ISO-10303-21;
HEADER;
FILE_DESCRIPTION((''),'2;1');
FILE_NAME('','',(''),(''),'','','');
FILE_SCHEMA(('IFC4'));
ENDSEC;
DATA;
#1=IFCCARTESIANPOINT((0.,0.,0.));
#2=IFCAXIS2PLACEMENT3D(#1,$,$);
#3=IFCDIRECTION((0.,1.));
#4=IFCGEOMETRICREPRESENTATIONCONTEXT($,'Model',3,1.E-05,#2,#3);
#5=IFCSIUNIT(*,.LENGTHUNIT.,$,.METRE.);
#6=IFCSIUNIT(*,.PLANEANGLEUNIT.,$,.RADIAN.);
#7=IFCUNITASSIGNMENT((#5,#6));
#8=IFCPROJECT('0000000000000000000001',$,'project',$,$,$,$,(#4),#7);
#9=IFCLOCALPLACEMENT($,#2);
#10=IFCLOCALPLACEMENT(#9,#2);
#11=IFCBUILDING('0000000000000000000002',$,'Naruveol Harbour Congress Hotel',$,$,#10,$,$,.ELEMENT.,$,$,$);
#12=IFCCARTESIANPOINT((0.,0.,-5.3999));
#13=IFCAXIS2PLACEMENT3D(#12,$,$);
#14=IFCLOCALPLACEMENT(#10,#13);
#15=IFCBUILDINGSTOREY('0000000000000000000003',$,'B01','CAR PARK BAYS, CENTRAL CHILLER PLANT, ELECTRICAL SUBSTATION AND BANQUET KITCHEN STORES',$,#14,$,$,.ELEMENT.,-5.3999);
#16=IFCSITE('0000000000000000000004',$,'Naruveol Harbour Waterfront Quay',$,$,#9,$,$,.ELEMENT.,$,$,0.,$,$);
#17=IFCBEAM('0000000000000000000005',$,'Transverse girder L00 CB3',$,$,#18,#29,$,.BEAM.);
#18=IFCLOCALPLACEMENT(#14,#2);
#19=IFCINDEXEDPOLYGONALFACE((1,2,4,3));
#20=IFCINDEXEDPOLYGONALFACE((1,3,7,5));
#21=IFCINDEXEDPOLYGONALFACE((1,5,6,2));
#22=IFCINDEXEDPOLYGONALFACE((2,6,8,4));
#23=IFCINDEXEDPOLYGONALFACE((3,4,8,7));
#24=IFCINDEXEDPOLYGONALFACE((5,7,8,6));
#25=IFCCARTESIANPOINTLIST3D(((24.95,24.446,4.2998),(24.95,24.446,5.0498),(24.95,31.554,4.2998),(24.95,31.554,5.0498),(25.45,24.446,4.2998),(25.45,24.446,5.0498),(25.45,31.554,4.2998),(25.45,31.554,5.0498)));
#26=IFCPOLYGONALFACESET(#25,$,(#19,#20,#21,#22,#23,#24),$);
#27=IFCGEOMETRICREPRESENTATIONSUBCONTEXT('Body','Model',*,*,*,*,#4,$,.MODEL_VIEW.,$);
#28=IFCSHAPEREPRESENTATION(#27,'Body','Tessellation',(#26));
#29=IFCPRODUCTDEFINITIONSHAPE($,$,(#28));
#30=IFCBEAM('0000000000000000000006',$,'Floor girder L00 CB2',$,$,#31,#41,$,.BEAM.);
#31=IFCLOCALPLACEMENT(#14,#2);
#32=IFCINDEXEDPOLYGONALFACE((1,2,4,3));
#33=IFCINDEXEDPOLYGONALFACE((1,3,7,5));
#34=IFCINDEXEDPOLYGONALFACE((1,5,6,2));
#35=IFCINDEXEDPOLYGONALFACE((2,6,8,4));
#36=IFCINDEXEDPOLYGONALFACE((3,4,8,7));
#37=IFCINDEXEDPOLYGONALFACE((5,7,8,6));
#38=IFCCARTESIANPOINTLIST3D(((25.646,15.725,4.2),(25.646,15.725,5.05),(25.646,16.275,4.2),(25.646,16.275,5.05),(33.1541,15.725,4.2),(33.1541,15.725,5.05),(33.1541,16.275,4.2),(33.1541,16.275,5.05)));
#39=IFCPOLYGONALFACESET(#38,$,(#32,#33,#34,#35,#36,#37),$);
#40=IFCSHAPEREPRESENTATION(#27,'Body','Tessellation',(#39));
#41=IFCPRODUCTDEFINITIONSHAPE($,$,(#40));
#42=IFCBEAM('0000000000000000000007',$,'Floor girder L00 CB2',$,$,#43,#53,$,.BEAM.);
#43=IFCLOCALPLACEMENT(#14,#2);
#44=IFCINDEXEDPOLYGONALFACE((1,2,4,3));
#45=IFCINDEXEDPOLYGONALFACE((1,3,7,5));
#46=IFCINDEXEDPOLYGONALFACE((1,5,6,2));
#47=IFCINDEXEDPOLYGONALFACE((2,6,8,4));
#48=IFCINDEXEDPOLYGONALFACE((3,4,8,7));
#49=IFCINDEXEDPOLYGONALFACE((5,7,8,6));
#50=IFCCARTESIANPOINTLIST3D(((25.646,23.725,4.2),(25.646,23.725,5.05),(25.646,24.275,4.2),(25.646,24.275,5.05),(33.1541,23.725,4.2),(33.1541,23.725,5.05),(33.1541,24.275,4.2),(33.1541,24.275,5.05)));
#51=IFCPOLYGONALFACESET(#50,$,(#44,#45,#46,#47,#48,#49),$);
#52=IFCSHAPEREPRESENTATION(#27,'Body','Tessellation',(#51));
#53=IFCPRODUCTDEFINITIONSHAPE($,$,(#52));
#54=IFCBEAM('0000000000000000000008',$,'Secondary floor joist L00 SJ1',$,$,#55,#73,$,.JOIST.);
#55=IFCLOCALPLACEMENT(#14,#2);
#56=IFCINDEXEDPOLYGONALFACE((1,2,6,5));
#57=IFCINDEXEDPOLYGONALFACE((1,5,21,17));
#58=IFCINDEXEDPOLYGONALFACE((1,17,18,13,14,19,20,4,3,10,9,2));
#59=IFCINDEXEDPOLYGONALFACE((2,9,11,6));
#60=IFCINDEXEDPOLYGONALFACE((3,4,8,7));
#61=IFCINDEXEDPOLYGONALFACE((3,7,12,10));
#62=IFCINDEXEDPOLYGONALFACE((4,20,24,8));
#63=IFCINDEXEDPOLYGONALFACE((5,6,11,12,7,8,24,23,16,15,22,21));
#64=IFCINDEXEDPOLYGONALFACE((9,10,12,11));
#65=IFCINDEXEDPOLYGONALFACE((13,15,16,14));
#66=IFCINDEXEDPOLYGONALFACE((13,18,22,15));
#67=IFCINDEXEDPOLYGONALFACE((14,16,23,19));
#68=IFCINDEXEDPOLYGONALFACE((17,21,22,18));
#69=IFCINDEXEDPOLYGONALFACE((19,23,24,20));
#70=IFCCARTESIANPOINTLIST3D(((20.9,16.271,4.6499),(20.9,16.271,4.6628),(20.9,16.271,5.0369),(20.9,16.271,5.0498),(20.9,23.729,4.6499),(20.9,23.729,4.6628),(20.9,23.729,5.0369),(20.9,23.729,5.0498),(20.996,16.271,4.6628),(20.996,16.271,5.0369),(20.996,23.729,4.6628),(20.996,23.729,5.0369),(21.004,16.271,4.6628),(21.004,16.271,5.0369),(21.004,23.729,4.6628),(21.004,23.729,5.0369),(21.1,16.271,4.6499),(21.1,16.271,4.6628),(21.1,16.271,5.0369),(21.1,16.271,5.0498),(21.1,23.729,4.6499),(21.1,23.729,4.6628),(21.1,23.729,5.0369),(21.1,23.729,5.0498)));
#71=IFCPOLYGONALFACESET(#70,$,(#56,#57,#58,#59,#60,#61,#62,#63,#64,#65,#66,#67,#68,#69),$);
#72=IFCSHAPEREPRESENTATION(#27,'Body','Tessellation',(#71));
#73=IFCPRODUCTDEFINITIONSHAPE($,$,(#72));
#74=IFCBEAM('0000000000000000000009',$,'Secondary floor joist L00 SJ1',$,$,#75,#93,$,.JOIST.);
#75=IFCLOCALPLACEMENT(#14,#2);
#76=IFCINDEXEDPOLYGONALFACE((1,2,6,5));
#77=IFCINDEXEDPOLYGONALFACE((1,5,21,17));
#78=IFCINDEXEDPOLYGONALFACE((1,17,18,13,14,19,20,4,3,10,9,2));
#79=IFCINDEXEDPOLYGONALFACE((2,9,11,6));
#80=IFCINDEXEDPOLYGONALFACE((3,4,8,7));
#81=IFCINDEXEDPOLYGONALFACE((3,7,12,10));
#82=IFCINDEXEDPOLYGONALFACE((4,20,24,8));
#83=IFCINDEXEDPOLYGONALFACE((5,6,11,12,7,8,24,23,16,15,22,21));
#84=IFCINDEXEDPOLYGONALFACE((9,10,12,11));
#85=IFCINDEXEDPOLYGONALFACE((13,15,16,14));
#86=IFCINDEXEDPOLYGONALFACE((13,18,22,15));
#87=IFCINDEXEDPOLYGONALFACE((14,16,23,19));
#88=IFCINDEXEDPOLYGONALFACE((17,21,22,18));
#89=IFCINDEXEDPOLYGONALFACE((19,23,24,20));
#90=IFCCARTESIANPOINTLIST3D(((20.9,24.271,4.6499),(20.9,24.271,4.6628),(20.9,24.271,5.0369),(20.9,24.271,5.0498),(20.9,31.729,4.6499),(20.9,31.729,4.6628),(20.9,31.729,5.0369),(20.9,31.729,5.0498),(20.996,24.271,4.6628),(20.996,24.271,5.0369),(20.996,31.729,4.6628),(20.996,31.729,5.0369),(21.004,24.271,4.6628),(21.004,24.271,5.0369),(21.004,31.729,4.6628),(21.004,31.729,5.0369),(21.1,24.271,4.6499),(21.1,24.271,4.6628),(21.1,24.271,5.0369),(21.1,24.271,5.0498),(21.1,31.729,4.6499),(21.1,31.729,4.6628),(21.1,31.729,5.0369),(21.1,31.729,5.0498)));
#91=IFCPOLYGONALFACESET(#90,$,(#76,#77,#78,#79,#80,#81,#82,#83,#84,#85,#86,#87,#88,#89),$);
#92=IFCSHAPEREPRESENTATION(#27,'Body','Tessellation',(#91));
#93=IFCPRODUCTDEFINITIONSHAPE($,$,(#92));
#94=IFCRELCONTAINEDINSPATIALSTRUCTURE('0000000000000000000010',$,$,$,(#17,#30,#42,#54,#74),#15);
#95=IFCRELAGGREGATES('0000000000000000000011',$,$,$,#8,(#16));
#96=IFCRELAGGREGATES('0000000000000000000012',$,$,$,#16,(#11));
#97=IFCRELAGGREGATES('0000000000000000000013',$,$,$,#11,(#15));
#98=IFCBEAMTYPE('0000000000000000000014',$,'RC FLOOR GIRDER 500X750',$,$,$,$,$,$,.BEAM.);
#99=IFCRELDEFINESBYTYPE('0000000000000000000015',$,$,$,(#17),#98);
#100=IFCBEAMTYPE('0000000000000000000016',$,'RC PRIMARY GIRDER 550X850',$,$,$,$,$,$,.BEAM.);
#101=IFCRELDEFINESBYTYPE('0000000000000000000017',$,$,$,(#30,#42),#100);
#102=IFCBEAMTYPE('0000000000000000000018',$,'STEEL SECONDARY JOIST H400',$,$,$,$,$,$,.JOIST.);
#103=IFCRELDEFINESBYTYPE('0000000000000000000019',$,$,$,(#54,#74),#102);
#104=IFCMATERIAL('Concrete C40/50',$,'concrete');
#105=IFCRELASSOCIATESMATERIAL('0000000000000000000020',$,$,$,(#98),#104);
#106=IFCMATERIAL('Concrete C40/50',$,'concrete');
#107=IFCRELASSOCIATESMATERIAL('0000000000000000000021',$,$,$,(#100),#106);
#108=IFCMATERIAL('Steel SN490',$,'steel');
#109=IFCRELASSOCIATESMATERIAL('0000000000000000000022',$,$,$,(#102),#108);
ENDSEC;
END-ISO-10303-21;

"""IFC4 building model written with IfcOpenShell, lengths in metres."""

from ifc_helpers import new_model, si_unit, direction, frame, origin, origin_2d, place, context, subcontext, project, spatial, rectangle, i_section, extrude, material, material_profile, profile_set, type_object, element, save


model = new_model("IFC4")

# Units and contexts
model_context = context("Model", 3, precision=1e-05, world=origin(), true_north=direction((0.0, 1.0)))
body_context = subcontext(model_context, "Body", "Model", "MODEL_VIEW")
ifc_project = project(units=[si_unit("LENGTHUNIT", "METRE"), si_unit("PLANEANGLEUNIT", "RADIAN")], contexts=[model_context])

# Site, building, storey
site_placement = place(None, origin())
site = spatial("IfcSite", under=ifc_project, at=site_placement, Name="Naruveol Harbour Waterfront Quay", CompositionType="ELEMENT", RefElevation=0.0)
building_placement = place(site_placement, origin())
building = spatial("IfcBuilding", under=site, at=building_placement, Name="Naruveol Harbour Congress Hotel", CompositionType="ELEMENT")
storey_placement = place(building_placement, frame((0.0, 0.0, -5.3999)))
storey = spatial("IfcBuildingStorey", under=building, at=storey_placement, Name="B01", Description="CAR PARK BAYS, CENTRAL CHILLER PLANT, ELECTRICAL SUBSTATION AND BANQUET KITCHEN STORES", CompositionType="ELEMENT", Elevation=-5.3999)

# Beams
ifc_material_1 = material(Name="Concrete C40/50", Category="concrete")
ifc_material_profile_1 = material_profile(ifc_material_1, rectangle(XDim=0.5, YDim=0.75, at=origin_2d()), Name="RCB-500x750")
ifc_profile_set_1 = profile_set([ifc_material_profile_1], Name="Concrete C40/50")
beam_type_1 = type_object("IfcBeamType", Name="RC FLOOR GIRDER 500X750", PredefinedType="BEAM", material=ifc_profile_set_1)
for number, where, z_axis, x_axis, name in (
    (1, (25.2, 24.446, 4.6748), (0.0, 1.0, 0.0), (-1.0, 0.0, 0.0), "Transverse girder L00 CB3"),
):
    element("IfcBeam", number, at=place(storey_placement, frame(where, z_axis=z_axis, x_axis=x_axis)), inside=storey, type_object=beam_type_1, Name=name, PredefinedType="BEAM", context=body_context, shape_type="SweptSolid", body=[
        extrude(rectangle(XDim=0.5, YDim=0.75, at=origin_2d()), origin(), (0.0, 0.0, 1.0), 7.1079),
    ])
ifc_material_2 = material(Name="Concrete C40/50", Category="concrete")
ifc_material_profile_2 = material_profile(ifc_material_2, rectangle(XDim=0.55, YDim=0.8501, at=origin_2d()), Name="RCB-550x850")
ifc_profile_set_2 = profile_set([ifc_material_profile_2], Name="Concrete C40/50")
beam_type_2 = type_object("IfcBeamType", Name="RC PRIMARY GIRDER 550X850", PredefinedType="BEAM", material=ifc_profile_set_2)
for number, where, z_axis, x_axis, name in (
    (2, (25.646, 16.0, 4.625), (1.0, 0.0, 0.0), (0.0, 1.0, 0.0), "Floor girder L00 CB2"),
    (3, (25.646, 24.0, 4.625), (1.0, 0.0, 0.0), (0.0, 1.0, 0.0), "Floor girder L00 CB2"),
):
    element("IfcBeam", number, at=place(storey_placement, frame(where, z_axis=z_axis, x_axis=x_axis)), inside=storey, type_object=beam_type_2, Name=name, PredefinedType="BEAM", context=body_context, shape_type="SweptSolid", body=[
        extrude(rectangle(XDim=0.55, YDim=0.8501, at=origin_2d()), origin(), (0.0, 0.0, 1.0), 7.5081),
    ])
ifc_material_3 = material(Name="Steel SN490", Category="steel")
ifc_material_profile_3 = material_profile(ifc_material_3, i_section(OverallWidth=0.2, OverallDepth=0.3999, WebThickness=0.0081, FlangeThickness=0.0129, at=origin_2d()), Name="H-400x200x8x13")
ifc_profile_set_3 = profile_set([ifc_material_profile_3], Name="Steel SN490")
beam_type_3 = type_object("IfcBeamType", Name="STEEL SECONDARY JOIST H400", PredefinedType="JOIST", material=ifc_profile_set_3)
for number, where, z_axis, x_axis, name in (
    (4, (21.0, 16.271, 4.8499), (0.0, 1.0, 0.0), (-1.0, 0.0, 0.0), "Secondary floor joist L00 SJ1"),
    (5, (21.0, 24.271, 4.8499), (0.0, 1.0, 0.0), (-1.0, 0.0, 0.0), "Secondary floor joist L00 SJ1"),
):
    element("IfcBeam", number, at=place(storey_placement, frame(where, z_axis=z_axis, x_axis=x_axis)), inside=storey, type_object=beam_type_3, Name=name, PredefinedType="JOIST", context=body_context, shape_type="SweptSolid", body=[
        extrude(i_section(OverallWidth=0.2, OverallDepth=0.3999, WebThickness=0.0081, FlangeThickness=0.0129, at=origin_2d()), origin(), (0.0, 0.0, 1.0), 7.458),
    ])

save(model, "model.ifc")
